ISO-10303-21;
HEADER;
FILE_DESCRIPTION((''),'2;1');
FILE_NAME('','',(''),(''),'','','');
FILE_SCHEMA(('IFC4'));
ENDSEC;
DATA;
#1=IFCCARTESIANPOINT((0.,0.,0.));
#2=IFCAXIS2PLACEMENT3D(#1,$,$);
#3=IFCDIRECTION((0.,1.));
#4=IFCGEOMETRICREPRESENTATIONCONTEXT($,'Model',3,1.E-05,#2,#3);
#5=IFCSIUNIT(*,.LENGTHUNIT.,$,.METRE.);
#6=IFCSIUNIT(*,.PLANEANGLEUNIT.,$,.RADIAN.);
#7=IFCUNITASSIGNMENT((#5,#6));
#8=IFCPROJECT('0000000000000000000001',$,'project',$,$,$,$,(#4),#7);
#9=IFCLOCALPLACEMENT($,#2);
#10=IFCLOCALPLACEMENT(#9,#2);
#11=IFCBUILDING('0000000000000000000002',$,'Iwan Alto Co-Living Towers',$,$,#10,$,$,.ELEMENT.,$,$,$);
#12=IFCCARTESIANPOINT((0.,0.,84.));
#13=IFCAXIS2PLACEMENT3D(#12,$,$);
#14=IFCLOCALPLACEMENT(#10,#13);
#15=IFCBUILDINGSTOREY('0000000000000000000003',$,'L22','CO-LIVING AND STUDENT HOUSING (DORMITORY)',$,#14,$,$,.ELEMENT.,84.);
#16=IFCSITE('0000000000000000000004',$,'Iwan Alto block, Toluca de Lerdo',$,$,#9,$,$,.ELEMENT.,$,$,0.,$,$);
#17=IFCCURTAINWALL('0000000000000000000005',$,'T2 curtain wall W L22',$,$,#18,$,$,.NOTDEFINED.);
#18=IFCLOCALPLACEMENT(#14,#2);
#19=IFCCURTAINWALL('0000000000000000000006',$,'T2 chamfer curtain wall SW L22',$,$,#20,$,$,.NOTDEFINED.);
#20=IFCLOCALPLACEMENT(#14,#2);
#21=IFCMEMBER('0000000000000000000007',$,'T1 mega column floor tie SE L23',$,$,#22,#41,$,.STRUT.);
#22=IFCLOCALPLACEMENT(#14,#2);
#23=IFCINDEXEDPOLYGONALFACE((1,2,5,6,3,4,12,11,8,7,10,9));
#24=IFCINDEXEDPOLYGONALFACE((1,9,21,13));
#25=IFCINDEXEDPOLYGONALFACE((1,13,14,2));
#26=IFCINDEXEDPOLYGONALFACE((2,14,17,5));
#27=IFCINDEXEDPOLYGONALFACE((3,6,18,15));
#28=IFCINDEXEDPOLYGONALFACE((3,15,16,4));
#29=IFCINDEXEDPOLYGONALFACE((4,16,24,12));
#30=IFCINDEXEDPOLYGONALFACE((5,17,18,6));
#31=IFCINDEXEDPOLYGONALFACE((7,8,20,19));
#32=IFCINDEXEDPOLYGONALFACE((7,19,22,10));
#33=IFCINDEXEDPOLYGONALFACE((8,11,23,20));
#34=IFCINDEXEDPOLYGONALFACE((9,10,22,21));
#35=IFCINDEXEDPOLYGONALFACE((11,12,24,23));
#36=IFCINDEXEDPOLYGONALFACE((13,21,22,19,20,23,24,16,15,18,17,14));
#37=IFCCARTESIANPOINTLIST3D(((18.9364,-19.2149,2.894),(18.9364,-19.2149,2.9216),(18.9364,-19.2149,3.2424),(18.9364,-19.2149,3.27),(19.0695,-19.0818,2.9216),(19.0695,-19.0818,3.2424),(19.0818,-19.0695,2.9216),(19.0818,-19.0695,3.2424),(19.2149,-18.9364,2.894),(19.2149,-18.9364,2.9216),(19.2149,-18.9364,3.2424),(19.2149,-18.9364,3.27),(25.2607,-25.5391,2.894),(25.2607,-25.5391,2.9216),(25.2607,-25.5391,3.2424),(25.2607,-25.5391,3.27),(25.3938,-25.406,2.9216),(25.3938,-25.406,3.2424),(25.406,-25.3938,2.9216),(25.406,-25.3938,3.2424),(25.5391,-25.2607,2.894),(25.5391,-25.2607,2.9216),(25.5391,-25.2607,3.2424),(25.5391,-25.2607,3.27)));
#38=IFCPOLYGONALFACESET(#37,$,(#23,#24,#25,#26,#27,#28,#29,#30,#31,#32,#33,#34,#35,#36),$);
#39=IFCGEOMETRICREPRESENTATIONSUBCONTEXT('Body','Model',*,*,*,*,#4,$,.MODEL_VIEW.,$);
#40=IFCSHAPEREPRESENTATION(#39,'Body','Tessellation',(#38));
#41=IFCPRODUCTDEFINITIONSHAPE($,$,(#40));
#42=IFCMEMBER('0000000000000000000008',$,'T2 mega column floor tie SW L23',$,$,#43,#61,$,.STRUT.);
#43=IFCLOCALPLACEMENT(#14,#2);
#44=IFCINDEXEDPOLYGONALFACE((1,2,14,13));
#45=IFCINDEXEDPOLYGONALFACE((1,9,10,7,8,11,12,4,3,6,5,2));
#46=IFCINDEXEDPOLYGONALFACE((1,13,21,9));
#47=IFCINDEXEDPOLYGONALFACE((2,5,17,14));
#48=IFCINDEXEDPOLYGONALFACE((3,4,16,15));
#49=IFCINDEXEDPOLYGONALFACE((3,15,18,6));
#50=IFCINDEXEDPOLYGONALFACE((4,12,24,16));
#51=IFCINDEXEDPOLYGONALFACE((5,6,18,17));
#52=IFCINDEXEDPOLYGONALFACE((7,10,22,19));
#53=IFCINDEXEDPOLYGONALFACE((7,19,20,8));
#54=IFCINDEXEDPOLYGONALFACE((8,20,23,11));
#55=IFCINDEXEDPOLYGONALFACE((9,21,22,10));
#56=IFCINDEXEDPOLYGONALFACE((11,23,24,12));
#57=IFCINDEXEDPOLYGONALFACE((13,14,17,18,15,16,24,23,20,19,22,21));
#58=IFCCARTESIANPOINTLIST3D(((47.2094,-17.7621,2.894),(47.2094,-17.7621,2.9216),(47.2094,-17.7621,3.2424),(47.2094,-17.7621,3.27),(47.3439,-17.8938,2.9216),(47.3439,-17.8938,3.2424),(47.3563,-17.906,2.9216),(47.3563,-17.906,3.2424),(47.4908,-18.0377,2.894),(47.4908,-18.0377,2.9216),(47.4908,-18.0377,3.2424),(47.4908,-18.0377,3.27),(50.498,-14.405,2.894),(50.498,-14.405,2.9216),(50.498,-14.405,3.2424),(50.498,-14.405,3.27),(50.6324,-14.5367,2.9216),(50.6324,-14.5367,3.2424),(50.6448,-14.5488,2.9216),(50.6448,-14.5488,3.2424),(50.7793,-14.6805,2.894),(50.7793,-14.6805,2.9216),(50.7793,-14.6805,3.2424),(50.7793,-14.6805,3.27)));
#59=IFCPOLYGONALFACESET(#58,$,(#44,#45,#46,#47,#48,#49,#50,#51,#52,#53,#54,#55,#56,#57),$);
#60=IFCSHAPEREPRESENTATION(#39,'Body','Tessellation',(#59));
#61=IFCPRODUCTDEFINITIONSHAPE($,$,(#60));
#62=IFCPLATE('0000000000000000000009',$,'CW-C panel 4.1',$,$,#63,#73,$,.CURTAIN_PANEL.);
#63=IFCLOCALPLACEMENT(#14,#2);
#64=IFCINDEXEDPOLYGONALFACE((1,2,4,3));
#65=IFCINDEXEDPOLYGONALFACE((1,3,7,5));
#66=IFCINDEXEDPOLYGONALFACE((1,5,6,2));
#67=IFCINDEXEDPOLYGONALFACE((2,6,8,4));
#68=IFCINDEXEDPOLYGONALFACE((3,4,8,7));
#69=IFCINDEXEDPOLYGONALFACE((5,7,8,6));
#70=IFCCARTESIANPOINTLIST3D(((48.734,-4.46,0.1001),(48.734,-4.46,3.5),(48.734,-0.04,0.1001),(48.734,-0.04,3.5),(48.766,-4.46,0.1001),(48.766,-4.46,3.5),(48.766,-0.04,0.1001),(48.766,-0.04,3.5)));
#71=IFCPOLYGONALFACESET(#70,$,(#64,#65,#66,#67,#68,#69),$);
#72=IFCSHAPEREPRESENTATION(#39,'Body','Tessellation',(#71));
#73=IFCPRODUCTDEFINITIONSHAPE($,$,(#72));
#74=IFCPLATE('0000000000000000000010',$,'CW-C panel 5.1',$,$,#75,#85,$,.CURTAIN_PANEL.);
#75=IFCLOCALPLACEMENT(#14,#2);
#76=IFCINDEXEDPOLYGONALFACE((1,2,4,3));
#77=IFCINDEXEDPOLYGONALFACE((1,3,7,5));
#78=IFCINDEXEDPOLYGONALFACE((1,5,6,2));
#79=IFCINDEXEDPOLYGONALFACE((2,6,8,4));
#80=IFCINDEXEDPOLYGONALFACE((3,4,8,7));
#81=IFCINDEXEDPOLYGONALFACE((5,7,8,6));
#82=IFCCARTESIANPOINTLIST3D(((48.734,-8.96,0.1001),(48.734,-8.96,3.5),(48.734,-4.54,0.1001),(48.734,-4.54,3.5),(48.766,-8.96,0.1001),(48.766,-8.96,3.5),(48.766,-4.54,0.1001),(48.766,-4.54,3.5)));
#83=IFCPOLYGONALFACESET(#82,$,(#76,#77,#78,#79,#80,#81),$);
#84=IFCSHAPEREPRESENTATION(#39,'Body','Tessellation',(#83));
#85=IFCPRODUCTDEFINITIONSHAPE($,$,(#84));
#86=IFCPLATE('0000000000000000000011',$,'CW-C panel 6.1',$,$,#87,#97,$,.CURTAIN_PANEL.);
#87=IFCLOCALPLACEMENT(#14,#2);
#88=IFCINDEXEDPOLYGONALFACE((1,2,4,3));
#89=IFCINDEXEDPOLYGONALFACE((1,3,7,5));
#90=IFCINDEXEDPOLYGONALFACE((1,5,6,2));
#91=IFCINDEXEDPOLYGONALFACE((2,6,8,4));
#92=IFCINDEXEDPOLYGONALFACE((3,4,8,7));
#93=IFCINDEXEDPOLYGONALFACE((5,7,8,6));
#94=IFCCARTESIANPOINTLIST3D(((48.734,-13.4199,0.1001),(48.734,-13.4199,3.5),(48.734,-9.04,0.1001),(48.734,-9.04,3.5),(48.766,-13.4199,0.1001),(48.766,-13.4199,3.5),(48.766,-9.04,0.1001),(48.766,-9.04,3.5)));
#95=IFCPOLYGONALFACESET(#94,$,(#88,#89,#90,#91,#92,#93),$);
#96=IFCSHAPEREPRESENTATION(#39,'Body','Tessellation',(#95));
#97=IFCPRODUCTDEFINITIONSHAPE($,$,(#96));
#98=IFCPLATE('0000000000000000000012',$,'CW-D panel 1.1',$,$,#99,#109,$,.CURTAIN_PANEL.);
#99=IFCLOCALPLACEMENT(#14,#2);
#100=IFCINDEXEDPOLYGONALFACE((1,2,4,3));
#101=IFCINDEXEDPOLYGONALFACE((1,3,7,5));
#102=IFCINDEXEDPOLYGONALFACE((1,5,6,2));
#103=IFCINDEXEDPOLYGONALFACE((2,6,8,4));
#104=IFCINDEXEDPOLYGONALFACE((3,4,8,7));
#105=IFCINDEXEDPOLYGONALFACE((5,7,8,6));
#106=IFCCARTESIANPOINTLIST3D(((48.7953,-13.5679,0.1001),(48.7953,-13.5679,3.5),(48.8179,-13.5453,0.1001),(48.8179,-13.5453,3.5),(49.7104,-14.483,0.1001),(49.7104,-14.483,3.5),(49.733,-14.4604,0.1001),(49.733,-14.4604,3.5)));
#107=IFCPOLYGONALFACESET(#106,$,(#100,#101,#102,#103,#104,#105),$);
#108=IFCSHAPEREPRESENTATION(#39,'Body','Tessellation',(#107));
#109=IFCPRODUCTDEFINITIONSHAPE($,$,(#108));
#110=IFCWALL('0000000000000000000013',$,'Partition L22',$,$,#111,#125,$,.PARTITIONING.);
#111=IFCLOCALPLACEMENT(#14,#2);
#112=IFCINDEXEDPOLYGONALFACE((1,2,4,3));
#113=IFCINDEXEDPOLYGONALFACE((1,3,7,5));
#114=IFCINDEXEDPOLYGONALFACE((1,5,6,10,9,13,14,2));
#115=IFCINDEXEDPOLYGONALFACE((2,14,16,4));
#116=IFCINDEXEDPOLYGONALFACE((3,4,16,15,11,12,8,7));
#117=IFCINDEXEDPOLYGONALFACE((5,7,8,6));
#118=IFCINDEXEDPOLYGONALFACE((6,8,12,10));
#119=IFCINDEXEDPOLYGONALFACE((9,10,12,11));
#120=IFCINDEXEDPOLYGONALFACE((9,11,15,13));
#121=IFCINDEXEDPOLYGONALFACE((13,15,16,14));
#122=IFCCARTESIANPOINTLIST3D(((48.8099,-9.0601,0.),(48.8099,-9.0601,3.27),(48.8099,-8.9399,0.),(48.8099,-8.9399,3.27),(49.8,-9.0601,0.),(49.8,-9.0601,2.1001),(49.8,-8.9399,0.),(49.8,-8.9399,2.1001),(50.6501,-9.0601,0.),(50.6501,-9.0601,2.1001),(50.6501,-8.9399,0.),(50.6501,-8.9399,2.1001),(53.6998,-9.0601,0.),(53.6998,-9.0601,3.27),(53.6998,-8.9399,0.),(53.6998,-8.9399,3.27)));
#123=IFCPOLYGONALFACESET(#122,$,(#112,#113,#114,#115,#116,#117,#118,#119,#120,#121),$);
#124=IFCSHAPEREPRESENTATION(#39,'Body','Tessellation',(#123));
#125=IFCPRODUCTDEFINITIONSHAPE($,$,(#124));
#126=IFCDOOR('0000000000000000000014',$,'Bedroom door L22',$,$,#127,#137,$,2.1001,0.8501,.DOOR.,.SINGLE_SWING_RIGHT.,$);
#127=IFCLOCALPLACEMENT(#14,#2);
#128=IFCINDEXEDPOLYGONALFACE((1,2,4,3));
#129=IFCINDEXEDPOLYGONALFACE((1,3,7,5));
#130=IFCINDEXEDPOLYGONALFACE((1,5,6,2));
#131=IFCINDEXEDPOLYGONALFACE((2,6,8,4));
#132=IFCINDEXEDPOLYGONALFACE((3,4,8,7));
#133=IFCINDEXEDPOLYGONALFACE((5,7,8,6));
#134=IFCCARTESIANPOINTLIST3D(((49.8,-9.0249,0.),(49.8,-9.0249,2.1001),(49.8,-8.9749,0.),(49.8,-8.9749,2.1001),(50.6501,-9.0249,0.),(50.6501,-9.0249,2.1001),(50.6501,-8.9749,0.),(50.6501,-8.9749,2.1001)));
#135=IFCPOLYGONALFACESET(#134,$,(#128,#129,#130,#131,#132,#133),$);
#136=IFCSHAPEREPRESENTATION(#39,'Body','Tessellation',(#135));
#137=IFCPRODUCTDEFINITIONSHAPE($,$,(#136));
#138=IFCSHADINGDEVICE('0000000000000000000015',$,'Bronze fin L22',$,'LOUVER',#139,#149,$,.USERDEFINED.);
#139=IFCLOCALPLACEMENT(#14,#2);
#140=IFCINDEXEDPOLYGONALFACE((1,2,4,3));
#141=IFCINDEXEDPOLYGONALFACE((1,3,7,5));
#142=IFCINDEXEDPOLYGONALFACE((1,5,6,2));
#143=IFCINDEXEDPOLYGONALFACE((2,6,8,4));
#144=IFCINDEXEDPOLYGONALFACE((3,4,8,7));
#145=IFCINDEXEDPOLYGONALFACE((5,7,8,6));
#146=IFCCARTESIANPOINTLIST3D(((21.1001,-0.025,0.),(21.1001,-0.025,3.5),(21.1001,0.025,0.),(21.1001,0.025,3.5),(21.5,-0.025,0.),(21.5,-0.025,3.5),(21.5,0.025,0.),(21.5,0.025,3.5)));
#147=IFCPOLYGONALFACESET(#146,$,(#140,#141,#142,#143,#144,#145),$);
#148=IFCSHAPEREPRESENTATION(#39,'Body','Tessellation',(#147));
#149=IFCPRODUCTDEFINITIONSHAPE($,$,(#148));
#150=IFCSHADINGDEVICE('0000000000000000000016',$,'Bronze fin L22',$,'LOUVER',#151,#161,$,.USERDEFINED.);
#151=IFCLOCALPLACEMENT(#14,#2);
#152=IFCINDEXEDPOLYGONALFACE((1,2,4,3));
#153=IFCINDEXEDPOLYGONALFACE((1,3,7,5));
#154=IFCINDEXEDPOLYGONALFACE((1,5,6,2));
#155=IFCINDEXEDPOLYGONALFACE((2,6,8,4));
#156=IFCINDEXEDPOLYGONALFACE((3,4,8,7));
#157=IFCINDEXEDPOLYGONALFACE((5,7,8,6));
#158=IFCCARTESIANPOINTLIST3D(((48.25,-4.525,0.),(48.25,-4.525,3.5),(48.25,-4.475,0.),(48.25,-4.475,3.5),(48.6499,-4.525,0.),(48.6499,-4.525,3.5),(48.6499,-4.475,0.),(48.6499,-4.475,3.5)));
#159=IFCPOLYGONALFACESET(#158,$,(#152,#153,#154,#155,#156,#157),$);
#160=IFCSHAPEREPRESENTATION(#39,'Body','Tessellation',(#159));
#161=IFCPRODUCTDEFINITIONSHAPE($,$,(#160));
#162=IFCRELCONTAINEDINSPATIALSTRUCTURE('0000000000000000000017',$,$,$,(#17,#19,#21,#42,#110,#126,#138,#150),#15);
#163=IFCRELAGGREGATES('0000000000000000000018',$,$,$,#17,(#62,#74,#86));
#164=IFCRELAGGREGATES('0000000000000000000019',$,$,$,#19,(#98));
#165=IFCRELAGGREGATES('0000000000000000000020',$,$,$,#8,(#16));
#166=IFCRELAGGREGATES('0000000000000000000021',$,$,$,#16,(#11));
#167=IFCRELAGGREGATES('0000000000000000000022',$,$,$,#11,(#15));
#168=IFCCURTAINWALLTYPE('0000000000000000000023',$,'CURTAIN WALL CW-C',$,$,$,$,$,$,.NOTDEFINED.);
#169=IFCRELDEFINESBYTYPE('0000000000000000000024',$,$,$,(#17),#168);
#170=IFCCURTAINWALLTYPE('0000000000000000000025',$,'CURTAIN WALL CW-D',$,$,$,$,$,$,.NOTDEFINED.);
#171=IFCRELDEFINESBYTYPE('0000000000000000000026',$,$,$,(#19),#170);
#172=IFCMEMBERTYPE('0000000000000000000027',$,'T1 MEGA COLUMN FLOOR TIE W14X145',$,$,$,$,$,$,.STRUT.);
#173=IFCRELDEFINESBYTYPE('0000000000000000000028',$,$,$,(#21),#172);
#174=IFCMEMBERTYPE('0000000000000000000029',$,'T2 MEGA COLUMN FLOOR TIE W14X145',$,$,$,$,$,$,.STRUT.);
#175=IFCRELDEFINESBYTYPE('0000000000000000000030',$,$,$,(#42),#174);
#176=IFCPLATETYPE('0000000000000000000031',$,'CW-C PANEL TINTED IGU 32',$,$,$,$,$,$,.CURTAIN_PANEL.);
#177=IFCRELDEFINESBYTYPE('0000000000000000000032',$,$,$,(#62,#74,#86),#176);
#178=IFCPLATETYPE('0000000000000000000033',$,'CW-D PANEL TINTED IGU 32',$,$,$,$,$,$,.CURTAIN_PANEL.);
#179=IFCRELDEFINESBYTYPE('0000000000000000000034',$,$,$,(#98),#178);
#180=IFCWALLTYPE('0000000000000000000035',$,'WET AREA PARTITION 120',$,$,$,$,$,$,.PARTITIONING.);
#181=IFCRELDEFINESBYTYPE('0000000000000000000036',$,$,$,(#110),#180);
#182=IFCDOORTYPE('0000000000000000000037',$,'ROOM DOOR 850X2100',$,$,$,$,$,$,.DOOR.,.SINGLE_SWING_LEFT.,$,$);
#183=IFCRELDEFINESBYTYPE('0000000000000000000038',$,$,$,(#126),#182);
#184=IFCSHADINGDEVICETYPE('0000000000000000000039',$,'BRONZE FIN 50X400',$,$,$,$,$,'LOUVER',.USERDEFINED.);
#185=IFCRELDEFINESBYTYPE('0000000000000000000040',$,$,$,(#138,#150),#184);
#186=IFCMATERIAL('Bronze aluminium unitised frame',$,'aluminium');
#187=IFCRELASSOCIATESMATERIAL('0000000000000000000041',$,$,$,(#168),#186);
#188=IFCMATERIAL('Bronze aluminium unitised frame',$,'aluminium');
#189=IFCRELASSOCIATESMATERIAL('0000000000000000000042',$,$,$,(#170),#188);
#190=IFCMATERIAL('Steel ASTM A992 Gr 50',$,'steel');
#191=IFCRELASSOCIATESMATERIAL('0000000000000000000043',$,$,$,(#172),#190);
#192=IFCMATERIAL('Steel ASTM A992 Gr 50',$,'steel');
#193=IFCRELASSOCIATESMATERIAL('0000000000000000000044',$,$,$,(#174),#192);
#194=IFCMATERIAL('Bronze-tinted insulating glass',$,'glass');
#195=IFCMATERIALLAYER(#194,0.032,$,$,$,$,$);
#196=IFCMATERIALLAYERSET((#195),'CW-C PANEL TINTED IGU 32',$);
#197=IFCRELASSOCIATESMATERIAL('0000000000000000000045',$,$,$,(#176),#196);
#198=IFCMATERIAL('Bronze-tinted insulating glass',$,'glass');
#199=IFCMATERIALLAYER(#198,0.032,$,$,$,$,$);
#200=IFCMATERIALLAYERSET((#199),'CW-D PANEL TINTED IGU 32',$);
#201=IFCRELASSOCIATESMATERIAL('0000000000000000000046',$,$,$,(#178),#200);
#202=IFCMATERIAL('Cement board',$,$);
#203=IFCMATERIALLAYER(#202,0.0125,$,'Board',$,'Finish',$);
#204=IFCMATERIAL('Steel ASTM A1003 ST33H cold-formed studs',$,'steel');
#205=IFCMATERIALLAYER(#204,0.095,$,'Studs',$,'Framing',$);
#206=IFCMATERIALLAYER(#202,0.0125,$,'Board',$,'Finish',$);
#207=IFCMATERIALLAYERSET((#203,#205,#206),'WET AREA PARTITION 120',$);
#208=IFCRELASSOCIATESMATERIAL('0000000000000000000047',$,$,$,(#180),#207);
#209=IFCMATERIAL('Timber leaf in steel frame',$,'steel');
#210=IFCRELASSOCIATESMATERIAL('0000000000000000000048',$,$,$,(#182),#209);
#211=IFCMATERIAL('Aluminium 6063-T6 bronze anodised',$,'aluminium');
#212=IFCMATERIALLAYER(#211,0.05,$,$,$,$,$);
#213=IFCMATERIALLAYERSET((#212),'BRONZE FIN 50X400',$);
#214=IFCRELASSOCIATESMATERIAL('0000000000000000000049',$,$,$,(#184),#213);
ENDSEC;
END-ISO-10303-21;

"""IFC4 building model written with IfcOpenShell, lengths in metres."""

from ifc_helpers import new_model, si_unit, direction, frame, frame_2d, origin, origin_2d, place, context, subcontext, project, spatial, rectangle, i_section, extrude, material, layer, layer_set, material_profile, profile_set, type_object, element, fill, aggregate, save


model = new_model("IFC4")

# Units and contexts
model_context = context("Model", 3, precision=1e-05, world=origin(), true_north=direction((0.0, 1.0)))
body_context = subcontext(model_context, "Body", "Model", "MODEL_VIEW")
ifc_project = project(units=[si_unit("LENGTHUNIT", "METRE"), si_unit("PLANEANGLEUNIT", "RADIAN")], contexts=[model_context])

# Site, building, storey
site_placement = place(None, origin())
site = spatial("IfcSite", under=ifc_project, at=site_placement, Name="Iwan Alto block, Toluca de Lerdo", CompositionType="ELEMENT", RefElevation=0.0)
building_placement = place(site_placement, origin())
building = spatial("IfcBuilding", under=site, at=building_placement, Name="Iwan Alto Co-Living Towers", CompositionType="ELEMENT")
storey_placement = place(building_placement, frame((0.0, 0.0, 84.0)))
storey = spatial("IfcBuildingStorey", under=building, at=storey_placement, Name="L22", Description="CO-LIVING AND STUDENT HOUSING (DORMITORY)", CompositionType="ELEMENT", Elevation=84.0)

# Curtain walls
ifc_material_1 = material(Name="Bronze aluminium unitised frame", Category="aluminium")
curtain_wall_type_1 = type_object("IfcCurtainWallType", Name="CURTAIN WALL CW-C", PredefinedType="NOTDEFINED", material=ifc_material_1)
curtain_wall_1_placement = place(storey_placement, origin())
curtain_wall_1 = element("IfcCurtainWall", 1, at=curtain_wall_1_placement, inside=storey, type_object=curtain_wall_type_1, Name="T2 curtain wall W L22", PredefinedType="NOTDEFINED")
ifc_material_2 = material(Name="Bronze aluminium unitised frame", Category="aluminium")
curtain_wall_type_2 = type_object("IfcCurtainWallType", Name="CURTAIN WALL CW-D", PredefinedType="NOTDEFINED", material=ifc_material_2)
curtain_wall_2_placement = place(storey_placement, origin())
curtain_wall_2 = element("IfcCurtainWall", 2, at=curtain_wall_2_placement, inside=storey, type_object=curtain_wall_type_2, Name="T2 chamfer curtain wall SW L22", PredefinedType="NOTDEFINED")

# Members
ifc_material_3 = material(Name="Steel ASTM A992 Gr 50", Category="steel")
ifc_material_profile_1 = material_profile(ifc_material_3, i_section(OverallWidth=0.3938, OverallDepth=0.376, WebThickness=0.0173, FlangeThickness=0.0276, at=origin_2d()), Name="W14X145")
ifc_profile_set_1 = profile_set([ifc_material_profile_1], Name="Steel ASTM A992 Gr 50")
member_type_1 = type_object("IfcMemberType", Name="T1 MEGA COLUMN FLOOR TIE W14X145", PredefinedType="STRUT", material=ifc_profile_set_1)
member_1_placement = place(storey_placement, frame((25.3999, -25.3999, 3.082), z_axis=(-0.707107, 0.707107, 0.0), x_axis=(-0.707107, -0.707107, 0.0)))
element("IfcMember", 3, at=member_1_placement, inside=storey, type_object=member_type_1, Name="T1 mega column floor tie SE L23", PredefinedType="STRUT", context=body_context, shape_type="SweptSolid", body=[
    extrude(i_section(OverallWidth=0.3938, OverallDepth=0.376, WebThickness=0.0173, FlangeThickness=0.0276, at=origin_2d()), origin(), (0.0, 0.0, 1.0), 8.9438),
])
ifc_material_4 = material(Name="Steel ASTM A992 Gr 50", Category="steel")
ifc_material_profile_2 = material_profile(ifc_material_4, i_section(OverallWidth=0.3938, OverallDepth=0.376, WebThickness=0.0173, FlangeThickness=0.0276, at=origin_2d()), Name="W14X145")
ifc_profile_set_2 = profile_set([ifc_material_profile_2], Name="Steel ASTM A992 Gr 50")
member_type_2 = type_object("IfcMemberType", Name="T2 MEGA COLUMN FLOOR TIE W14X145", PredefinedType="STRUT", material=ifc_profile_set_2)
member_2_placement = place(storey_placement, frame((47.3501, -17.8999, 3.082), z_axis=(0.69977, 0.714368, 0.0), x_axis=(-0.714368, 0.69977, 0.0)))
element("IfcMember", 4, at=member_2_placement, inside=storey, type_object=member_type_2, Name="T2 mega column floor tie SW L23", PredefinedType="STRUT", context=body_context, shape_type="SweptSolid", body=[
    extrude(i_section(OverallWidth=0.3938, OverallDepth=0.376, WebThickness=0.0173, FlangeThickness=0.0276, at=origin_2d()), origin(), (0.0, 0.0, 1.0), 4.6995),
])

# Plates
ifc_material_5 = material(Name="Bronze-tinted insulating glass", Category="glass")
ifc_layer_1 = layer(ifc_material_5, 0.032)
ifc_layer_set_1 = layer_set([ifc_layer_1], Name="CW-C PANEL TINTED IGU 32")
plate_type_1 = type_object("IfcPlateType", Name="CW-C PANEL TINTED IGU 32", PredefinedType="CURTAIN_PANEL", material=ifc_layer_set_1)
plate_1_placement = place(storey_placement, frame((48.75, -2.25, 0.1001), z_axis=(0.0, 0.0, 1.0), x_axis=(0.0, -1.0, 0.0)))
plate_1 = element("IfcPlate", 5, at=plate_1_placement, type_object=plate_type_1, Name="CW-C panel 4.1", PredefinedType="CURTAIN_PANEL", context=body_context, shape_type="SweptSolid", body=[
    extrude(rectangle(XDim=4.4199, YDim=0.032, at=origin_2d()), origin(), (0.0, 0.0, 1.0), 3.3999),
])
plate_2_placement = place(storey_placement, frame((48.75, -6.75, 0.1001), z_axis=(0.0, 0.0, 1.0), x_axis=(0.0, -1.0, 0.0)))
plate_2 = element("IfcPlate", 6, at=plate_2_placement, type_object=plate_type_1, Name="CW-C panel 5.1", PredefinedType="CURTAIN_PANEL", context=body_context, shape_type="SweptSolid", body=[
    extrude(rectangle(XDim=4.4199, YDim=0.032, at=origin_2d()), origin(), (0.0, 0.0, 1.0), 3.3999),
])
plate_3_placement = place(storey_placement, frame((48.75, -11.23, 0.1001), z_axis=(0.0, 0.0, 1.0), x_axis=(0.0, -1.0, 0.0)))
plate_3 = element("IfcPlate", 7, at=plate_3_placement, type_object=plate_type_1, Name="CW-C panel 6.1", PredefinedType="CURTAIN_PANEL", context=body_context, shape_type="SweptSolid", body=[
    extrude(rectangle(XDim=4.3799, YDim=0.032, at=origin_2d()), origin(), (0.0, 0.0, 1.0), 3.3999),
])
aggregate(curtain_wall_1, [plate_1, plate_2, plate_3])
ifc_material_6 = material(Name="Bronze-tinted insulating glass", Category="glass")
ifc_layer_2 = layer(ifc_material_6, 0.032)
ifc_layer_set_2 = layer_set([ifc_layer_2], Name="CW-D PANEL TINTED IGU 32")
plate_type_2 = type_object("IfcPlateType", Name="CW-D PANEL TINTED IGU 32", PredefinedType="CURTAIN_PANEL", material=ifc_layer_set_2)
plate_4_placement = place(storey_placement, frame((49.2642, -14.0142, 0.1001), z_axis=(0.0, 0.0, 1.0), x_axis=(0.707107, -0.707107, 0.0)))
plate_4 = element("IfcPlate", 8, at=plate_4_placement, type_object=plate_type_2, Name="CW-D panel 1.1", PredefinedType="CURTAIN_PANEL", context=body_context, shape_type="SweptSolid", body=[
    extrude(rectangle(XDim=1.2942, YDim=0.032, at=origin_2d()), origin(), (0.0, 0.0, 1.0), 3.3999),
])
aggregate(curtain_wall_2, [plate_4])

# Wall, opening, door
ifc_material_7 = material(Name="Cement board")
ifc_layer_3 = layer(ifc_material_7, 0.0125, Name="Board", Category="Finish")
ifc_material_8 = material(Name="Steel ASTM A1003 ST33H cold-formed studs", Category="steel")
ifc_layer_4 = layer(ifc_material_8, 0.095, Name="Studs", Category="Framing")
ifc_layer_5 = layer(ifc_material_7, 0.0125, Name="Board", Category="Finish")
ifc_layer_set_3 = layer_set([ifc_layer_3, ifc_layer_4, ifc_layer_5], Name="WET AREA PARTITION 120")
wall_type = type_object("IfcWallType", Name="WET AREA PARTITION 120", PredefinedType="PARTITIONING", material=ifc_layer_set_3)
wall_placement = place(storey_placement, frame((48.8101, -9.0, 0.0), z_axis=(0.0, 0.0, 1.0), x_axis=(1.0, 0.0, 0.0)))
wall = element("IfcWall", 9, at=wall_placement, inside=storey, type_object=wall_type, Name="Partition L22", PredefinedType="PARTITIONING", context=body_context, shape_type="SweptSolid", body=[
    extrude(rectangle(XDim=4.8899, YDim=0.1201, at=frame_2d((2.4448, 0.0))), origin(), (0.0, 0.0, 1.0), 3.27),
])
opening_placement = place(wall_placement, frame((0.99, 0.0, 0.0)))
opening = element("IfcOpeningElement", 10, at=opening_placement, cuts=wall, PredefinedType="OPENING", context=body_context, shape_type="SweptSolid", body=[
    extrude(rectangle(XDim=0.8501, YDim=2.1001, at=frame_2d((0.425, 1.05))), frame((0.0, 0.0701, 0.0), z_axis=(0.0, -1.0, 0.0), x_axis=(1.0, 0.0, 0.0)), (0.0, 0.0, 1.0), 0.1401),
])
ifc_material_9 = material(Name="Timber leaf in steel frame", Category="steel")
door_type = type_object("IfcDoorType", Name="ROOM DOOR 850X2100", OperationType="SINGLE_SWING_LEFT", PredefinedType="DOOR", material=ifc_material_9)
door_placement = place(opening_placement, frame((0.8501, 0.0, 0.0), z_axis=(0.0, 0.0, 1.0), x_axis=(-1.0, 0.0, 0.0)))
door = element("IfcDoor", 11, at=door_placement, inside=storey, type_object=door_type, Name="Bedroom door L22", OperationType="SINGLE_SWING_RIGHT", OverallHeight=2.1001, OverallWidth=0.8501, PredefinedType="DOOR", context=body_context, shape_type="SweptSolid", body=[
    extrude(rectangle(XDim=0.8501, YDim=2.1001, at=frame_2d((0.425, 1.05))), frame((0.0, 0.0249, 0.0), z_axis=(0.0, -1.0, 0.0), x_axis=(1.0, 0.0, 0.0)), (0.0, 0.0, 1.0), 0.05),
])
fill(opening, door)

# Shading devices
ifc_material_10 = material(Name="Aluminium 6063-T6 bronze anodised", Category="aluminium")
ifc_layer_6 = layer(ifc_material_10, 0.05)
ifc_layer_set_4 = layer_set([ifc_layer_6], Name="BRONZE FIN 50X400")
shading_device_type = type_object("IfcShadingDeviceType", Name="BRONZE FIN 50X400", ElementType="LOUVER", PredefinedType="USERDEFINED", material=ifc_layer_set_4)
for number, where, z_axis, x_axis, name in (
    (12, (21.3, 0.0, 0.0), (0.0, 0.0, 1.0), (0.0, 1.0, 0.0), "Bronze fin L22"),
    (13, (48.45, -4.5, 0.0), (0.0, 0.0, 1.0), (0.0, -1.0, 0.0), "Bronze fin L22"),
):
    element("IfcShadingDevice", number, at=place(storey_placement, frame(where, z_axis=z_axis, x_axis=x_axis)), inside=storey, type_object=shading_device_type, Name=name, ObjectType="LOUVER", PredefinedType="USERDEFINED", context=body_context, shape_type="SweptSolid", body=[
        extrude(rectangle(XDim=0.05, YDim=0.3999, at=origin_2d()), origin(), (0.0, 0.0, 1.0), 3.5),
    ])

save(model, "model.ifc")
